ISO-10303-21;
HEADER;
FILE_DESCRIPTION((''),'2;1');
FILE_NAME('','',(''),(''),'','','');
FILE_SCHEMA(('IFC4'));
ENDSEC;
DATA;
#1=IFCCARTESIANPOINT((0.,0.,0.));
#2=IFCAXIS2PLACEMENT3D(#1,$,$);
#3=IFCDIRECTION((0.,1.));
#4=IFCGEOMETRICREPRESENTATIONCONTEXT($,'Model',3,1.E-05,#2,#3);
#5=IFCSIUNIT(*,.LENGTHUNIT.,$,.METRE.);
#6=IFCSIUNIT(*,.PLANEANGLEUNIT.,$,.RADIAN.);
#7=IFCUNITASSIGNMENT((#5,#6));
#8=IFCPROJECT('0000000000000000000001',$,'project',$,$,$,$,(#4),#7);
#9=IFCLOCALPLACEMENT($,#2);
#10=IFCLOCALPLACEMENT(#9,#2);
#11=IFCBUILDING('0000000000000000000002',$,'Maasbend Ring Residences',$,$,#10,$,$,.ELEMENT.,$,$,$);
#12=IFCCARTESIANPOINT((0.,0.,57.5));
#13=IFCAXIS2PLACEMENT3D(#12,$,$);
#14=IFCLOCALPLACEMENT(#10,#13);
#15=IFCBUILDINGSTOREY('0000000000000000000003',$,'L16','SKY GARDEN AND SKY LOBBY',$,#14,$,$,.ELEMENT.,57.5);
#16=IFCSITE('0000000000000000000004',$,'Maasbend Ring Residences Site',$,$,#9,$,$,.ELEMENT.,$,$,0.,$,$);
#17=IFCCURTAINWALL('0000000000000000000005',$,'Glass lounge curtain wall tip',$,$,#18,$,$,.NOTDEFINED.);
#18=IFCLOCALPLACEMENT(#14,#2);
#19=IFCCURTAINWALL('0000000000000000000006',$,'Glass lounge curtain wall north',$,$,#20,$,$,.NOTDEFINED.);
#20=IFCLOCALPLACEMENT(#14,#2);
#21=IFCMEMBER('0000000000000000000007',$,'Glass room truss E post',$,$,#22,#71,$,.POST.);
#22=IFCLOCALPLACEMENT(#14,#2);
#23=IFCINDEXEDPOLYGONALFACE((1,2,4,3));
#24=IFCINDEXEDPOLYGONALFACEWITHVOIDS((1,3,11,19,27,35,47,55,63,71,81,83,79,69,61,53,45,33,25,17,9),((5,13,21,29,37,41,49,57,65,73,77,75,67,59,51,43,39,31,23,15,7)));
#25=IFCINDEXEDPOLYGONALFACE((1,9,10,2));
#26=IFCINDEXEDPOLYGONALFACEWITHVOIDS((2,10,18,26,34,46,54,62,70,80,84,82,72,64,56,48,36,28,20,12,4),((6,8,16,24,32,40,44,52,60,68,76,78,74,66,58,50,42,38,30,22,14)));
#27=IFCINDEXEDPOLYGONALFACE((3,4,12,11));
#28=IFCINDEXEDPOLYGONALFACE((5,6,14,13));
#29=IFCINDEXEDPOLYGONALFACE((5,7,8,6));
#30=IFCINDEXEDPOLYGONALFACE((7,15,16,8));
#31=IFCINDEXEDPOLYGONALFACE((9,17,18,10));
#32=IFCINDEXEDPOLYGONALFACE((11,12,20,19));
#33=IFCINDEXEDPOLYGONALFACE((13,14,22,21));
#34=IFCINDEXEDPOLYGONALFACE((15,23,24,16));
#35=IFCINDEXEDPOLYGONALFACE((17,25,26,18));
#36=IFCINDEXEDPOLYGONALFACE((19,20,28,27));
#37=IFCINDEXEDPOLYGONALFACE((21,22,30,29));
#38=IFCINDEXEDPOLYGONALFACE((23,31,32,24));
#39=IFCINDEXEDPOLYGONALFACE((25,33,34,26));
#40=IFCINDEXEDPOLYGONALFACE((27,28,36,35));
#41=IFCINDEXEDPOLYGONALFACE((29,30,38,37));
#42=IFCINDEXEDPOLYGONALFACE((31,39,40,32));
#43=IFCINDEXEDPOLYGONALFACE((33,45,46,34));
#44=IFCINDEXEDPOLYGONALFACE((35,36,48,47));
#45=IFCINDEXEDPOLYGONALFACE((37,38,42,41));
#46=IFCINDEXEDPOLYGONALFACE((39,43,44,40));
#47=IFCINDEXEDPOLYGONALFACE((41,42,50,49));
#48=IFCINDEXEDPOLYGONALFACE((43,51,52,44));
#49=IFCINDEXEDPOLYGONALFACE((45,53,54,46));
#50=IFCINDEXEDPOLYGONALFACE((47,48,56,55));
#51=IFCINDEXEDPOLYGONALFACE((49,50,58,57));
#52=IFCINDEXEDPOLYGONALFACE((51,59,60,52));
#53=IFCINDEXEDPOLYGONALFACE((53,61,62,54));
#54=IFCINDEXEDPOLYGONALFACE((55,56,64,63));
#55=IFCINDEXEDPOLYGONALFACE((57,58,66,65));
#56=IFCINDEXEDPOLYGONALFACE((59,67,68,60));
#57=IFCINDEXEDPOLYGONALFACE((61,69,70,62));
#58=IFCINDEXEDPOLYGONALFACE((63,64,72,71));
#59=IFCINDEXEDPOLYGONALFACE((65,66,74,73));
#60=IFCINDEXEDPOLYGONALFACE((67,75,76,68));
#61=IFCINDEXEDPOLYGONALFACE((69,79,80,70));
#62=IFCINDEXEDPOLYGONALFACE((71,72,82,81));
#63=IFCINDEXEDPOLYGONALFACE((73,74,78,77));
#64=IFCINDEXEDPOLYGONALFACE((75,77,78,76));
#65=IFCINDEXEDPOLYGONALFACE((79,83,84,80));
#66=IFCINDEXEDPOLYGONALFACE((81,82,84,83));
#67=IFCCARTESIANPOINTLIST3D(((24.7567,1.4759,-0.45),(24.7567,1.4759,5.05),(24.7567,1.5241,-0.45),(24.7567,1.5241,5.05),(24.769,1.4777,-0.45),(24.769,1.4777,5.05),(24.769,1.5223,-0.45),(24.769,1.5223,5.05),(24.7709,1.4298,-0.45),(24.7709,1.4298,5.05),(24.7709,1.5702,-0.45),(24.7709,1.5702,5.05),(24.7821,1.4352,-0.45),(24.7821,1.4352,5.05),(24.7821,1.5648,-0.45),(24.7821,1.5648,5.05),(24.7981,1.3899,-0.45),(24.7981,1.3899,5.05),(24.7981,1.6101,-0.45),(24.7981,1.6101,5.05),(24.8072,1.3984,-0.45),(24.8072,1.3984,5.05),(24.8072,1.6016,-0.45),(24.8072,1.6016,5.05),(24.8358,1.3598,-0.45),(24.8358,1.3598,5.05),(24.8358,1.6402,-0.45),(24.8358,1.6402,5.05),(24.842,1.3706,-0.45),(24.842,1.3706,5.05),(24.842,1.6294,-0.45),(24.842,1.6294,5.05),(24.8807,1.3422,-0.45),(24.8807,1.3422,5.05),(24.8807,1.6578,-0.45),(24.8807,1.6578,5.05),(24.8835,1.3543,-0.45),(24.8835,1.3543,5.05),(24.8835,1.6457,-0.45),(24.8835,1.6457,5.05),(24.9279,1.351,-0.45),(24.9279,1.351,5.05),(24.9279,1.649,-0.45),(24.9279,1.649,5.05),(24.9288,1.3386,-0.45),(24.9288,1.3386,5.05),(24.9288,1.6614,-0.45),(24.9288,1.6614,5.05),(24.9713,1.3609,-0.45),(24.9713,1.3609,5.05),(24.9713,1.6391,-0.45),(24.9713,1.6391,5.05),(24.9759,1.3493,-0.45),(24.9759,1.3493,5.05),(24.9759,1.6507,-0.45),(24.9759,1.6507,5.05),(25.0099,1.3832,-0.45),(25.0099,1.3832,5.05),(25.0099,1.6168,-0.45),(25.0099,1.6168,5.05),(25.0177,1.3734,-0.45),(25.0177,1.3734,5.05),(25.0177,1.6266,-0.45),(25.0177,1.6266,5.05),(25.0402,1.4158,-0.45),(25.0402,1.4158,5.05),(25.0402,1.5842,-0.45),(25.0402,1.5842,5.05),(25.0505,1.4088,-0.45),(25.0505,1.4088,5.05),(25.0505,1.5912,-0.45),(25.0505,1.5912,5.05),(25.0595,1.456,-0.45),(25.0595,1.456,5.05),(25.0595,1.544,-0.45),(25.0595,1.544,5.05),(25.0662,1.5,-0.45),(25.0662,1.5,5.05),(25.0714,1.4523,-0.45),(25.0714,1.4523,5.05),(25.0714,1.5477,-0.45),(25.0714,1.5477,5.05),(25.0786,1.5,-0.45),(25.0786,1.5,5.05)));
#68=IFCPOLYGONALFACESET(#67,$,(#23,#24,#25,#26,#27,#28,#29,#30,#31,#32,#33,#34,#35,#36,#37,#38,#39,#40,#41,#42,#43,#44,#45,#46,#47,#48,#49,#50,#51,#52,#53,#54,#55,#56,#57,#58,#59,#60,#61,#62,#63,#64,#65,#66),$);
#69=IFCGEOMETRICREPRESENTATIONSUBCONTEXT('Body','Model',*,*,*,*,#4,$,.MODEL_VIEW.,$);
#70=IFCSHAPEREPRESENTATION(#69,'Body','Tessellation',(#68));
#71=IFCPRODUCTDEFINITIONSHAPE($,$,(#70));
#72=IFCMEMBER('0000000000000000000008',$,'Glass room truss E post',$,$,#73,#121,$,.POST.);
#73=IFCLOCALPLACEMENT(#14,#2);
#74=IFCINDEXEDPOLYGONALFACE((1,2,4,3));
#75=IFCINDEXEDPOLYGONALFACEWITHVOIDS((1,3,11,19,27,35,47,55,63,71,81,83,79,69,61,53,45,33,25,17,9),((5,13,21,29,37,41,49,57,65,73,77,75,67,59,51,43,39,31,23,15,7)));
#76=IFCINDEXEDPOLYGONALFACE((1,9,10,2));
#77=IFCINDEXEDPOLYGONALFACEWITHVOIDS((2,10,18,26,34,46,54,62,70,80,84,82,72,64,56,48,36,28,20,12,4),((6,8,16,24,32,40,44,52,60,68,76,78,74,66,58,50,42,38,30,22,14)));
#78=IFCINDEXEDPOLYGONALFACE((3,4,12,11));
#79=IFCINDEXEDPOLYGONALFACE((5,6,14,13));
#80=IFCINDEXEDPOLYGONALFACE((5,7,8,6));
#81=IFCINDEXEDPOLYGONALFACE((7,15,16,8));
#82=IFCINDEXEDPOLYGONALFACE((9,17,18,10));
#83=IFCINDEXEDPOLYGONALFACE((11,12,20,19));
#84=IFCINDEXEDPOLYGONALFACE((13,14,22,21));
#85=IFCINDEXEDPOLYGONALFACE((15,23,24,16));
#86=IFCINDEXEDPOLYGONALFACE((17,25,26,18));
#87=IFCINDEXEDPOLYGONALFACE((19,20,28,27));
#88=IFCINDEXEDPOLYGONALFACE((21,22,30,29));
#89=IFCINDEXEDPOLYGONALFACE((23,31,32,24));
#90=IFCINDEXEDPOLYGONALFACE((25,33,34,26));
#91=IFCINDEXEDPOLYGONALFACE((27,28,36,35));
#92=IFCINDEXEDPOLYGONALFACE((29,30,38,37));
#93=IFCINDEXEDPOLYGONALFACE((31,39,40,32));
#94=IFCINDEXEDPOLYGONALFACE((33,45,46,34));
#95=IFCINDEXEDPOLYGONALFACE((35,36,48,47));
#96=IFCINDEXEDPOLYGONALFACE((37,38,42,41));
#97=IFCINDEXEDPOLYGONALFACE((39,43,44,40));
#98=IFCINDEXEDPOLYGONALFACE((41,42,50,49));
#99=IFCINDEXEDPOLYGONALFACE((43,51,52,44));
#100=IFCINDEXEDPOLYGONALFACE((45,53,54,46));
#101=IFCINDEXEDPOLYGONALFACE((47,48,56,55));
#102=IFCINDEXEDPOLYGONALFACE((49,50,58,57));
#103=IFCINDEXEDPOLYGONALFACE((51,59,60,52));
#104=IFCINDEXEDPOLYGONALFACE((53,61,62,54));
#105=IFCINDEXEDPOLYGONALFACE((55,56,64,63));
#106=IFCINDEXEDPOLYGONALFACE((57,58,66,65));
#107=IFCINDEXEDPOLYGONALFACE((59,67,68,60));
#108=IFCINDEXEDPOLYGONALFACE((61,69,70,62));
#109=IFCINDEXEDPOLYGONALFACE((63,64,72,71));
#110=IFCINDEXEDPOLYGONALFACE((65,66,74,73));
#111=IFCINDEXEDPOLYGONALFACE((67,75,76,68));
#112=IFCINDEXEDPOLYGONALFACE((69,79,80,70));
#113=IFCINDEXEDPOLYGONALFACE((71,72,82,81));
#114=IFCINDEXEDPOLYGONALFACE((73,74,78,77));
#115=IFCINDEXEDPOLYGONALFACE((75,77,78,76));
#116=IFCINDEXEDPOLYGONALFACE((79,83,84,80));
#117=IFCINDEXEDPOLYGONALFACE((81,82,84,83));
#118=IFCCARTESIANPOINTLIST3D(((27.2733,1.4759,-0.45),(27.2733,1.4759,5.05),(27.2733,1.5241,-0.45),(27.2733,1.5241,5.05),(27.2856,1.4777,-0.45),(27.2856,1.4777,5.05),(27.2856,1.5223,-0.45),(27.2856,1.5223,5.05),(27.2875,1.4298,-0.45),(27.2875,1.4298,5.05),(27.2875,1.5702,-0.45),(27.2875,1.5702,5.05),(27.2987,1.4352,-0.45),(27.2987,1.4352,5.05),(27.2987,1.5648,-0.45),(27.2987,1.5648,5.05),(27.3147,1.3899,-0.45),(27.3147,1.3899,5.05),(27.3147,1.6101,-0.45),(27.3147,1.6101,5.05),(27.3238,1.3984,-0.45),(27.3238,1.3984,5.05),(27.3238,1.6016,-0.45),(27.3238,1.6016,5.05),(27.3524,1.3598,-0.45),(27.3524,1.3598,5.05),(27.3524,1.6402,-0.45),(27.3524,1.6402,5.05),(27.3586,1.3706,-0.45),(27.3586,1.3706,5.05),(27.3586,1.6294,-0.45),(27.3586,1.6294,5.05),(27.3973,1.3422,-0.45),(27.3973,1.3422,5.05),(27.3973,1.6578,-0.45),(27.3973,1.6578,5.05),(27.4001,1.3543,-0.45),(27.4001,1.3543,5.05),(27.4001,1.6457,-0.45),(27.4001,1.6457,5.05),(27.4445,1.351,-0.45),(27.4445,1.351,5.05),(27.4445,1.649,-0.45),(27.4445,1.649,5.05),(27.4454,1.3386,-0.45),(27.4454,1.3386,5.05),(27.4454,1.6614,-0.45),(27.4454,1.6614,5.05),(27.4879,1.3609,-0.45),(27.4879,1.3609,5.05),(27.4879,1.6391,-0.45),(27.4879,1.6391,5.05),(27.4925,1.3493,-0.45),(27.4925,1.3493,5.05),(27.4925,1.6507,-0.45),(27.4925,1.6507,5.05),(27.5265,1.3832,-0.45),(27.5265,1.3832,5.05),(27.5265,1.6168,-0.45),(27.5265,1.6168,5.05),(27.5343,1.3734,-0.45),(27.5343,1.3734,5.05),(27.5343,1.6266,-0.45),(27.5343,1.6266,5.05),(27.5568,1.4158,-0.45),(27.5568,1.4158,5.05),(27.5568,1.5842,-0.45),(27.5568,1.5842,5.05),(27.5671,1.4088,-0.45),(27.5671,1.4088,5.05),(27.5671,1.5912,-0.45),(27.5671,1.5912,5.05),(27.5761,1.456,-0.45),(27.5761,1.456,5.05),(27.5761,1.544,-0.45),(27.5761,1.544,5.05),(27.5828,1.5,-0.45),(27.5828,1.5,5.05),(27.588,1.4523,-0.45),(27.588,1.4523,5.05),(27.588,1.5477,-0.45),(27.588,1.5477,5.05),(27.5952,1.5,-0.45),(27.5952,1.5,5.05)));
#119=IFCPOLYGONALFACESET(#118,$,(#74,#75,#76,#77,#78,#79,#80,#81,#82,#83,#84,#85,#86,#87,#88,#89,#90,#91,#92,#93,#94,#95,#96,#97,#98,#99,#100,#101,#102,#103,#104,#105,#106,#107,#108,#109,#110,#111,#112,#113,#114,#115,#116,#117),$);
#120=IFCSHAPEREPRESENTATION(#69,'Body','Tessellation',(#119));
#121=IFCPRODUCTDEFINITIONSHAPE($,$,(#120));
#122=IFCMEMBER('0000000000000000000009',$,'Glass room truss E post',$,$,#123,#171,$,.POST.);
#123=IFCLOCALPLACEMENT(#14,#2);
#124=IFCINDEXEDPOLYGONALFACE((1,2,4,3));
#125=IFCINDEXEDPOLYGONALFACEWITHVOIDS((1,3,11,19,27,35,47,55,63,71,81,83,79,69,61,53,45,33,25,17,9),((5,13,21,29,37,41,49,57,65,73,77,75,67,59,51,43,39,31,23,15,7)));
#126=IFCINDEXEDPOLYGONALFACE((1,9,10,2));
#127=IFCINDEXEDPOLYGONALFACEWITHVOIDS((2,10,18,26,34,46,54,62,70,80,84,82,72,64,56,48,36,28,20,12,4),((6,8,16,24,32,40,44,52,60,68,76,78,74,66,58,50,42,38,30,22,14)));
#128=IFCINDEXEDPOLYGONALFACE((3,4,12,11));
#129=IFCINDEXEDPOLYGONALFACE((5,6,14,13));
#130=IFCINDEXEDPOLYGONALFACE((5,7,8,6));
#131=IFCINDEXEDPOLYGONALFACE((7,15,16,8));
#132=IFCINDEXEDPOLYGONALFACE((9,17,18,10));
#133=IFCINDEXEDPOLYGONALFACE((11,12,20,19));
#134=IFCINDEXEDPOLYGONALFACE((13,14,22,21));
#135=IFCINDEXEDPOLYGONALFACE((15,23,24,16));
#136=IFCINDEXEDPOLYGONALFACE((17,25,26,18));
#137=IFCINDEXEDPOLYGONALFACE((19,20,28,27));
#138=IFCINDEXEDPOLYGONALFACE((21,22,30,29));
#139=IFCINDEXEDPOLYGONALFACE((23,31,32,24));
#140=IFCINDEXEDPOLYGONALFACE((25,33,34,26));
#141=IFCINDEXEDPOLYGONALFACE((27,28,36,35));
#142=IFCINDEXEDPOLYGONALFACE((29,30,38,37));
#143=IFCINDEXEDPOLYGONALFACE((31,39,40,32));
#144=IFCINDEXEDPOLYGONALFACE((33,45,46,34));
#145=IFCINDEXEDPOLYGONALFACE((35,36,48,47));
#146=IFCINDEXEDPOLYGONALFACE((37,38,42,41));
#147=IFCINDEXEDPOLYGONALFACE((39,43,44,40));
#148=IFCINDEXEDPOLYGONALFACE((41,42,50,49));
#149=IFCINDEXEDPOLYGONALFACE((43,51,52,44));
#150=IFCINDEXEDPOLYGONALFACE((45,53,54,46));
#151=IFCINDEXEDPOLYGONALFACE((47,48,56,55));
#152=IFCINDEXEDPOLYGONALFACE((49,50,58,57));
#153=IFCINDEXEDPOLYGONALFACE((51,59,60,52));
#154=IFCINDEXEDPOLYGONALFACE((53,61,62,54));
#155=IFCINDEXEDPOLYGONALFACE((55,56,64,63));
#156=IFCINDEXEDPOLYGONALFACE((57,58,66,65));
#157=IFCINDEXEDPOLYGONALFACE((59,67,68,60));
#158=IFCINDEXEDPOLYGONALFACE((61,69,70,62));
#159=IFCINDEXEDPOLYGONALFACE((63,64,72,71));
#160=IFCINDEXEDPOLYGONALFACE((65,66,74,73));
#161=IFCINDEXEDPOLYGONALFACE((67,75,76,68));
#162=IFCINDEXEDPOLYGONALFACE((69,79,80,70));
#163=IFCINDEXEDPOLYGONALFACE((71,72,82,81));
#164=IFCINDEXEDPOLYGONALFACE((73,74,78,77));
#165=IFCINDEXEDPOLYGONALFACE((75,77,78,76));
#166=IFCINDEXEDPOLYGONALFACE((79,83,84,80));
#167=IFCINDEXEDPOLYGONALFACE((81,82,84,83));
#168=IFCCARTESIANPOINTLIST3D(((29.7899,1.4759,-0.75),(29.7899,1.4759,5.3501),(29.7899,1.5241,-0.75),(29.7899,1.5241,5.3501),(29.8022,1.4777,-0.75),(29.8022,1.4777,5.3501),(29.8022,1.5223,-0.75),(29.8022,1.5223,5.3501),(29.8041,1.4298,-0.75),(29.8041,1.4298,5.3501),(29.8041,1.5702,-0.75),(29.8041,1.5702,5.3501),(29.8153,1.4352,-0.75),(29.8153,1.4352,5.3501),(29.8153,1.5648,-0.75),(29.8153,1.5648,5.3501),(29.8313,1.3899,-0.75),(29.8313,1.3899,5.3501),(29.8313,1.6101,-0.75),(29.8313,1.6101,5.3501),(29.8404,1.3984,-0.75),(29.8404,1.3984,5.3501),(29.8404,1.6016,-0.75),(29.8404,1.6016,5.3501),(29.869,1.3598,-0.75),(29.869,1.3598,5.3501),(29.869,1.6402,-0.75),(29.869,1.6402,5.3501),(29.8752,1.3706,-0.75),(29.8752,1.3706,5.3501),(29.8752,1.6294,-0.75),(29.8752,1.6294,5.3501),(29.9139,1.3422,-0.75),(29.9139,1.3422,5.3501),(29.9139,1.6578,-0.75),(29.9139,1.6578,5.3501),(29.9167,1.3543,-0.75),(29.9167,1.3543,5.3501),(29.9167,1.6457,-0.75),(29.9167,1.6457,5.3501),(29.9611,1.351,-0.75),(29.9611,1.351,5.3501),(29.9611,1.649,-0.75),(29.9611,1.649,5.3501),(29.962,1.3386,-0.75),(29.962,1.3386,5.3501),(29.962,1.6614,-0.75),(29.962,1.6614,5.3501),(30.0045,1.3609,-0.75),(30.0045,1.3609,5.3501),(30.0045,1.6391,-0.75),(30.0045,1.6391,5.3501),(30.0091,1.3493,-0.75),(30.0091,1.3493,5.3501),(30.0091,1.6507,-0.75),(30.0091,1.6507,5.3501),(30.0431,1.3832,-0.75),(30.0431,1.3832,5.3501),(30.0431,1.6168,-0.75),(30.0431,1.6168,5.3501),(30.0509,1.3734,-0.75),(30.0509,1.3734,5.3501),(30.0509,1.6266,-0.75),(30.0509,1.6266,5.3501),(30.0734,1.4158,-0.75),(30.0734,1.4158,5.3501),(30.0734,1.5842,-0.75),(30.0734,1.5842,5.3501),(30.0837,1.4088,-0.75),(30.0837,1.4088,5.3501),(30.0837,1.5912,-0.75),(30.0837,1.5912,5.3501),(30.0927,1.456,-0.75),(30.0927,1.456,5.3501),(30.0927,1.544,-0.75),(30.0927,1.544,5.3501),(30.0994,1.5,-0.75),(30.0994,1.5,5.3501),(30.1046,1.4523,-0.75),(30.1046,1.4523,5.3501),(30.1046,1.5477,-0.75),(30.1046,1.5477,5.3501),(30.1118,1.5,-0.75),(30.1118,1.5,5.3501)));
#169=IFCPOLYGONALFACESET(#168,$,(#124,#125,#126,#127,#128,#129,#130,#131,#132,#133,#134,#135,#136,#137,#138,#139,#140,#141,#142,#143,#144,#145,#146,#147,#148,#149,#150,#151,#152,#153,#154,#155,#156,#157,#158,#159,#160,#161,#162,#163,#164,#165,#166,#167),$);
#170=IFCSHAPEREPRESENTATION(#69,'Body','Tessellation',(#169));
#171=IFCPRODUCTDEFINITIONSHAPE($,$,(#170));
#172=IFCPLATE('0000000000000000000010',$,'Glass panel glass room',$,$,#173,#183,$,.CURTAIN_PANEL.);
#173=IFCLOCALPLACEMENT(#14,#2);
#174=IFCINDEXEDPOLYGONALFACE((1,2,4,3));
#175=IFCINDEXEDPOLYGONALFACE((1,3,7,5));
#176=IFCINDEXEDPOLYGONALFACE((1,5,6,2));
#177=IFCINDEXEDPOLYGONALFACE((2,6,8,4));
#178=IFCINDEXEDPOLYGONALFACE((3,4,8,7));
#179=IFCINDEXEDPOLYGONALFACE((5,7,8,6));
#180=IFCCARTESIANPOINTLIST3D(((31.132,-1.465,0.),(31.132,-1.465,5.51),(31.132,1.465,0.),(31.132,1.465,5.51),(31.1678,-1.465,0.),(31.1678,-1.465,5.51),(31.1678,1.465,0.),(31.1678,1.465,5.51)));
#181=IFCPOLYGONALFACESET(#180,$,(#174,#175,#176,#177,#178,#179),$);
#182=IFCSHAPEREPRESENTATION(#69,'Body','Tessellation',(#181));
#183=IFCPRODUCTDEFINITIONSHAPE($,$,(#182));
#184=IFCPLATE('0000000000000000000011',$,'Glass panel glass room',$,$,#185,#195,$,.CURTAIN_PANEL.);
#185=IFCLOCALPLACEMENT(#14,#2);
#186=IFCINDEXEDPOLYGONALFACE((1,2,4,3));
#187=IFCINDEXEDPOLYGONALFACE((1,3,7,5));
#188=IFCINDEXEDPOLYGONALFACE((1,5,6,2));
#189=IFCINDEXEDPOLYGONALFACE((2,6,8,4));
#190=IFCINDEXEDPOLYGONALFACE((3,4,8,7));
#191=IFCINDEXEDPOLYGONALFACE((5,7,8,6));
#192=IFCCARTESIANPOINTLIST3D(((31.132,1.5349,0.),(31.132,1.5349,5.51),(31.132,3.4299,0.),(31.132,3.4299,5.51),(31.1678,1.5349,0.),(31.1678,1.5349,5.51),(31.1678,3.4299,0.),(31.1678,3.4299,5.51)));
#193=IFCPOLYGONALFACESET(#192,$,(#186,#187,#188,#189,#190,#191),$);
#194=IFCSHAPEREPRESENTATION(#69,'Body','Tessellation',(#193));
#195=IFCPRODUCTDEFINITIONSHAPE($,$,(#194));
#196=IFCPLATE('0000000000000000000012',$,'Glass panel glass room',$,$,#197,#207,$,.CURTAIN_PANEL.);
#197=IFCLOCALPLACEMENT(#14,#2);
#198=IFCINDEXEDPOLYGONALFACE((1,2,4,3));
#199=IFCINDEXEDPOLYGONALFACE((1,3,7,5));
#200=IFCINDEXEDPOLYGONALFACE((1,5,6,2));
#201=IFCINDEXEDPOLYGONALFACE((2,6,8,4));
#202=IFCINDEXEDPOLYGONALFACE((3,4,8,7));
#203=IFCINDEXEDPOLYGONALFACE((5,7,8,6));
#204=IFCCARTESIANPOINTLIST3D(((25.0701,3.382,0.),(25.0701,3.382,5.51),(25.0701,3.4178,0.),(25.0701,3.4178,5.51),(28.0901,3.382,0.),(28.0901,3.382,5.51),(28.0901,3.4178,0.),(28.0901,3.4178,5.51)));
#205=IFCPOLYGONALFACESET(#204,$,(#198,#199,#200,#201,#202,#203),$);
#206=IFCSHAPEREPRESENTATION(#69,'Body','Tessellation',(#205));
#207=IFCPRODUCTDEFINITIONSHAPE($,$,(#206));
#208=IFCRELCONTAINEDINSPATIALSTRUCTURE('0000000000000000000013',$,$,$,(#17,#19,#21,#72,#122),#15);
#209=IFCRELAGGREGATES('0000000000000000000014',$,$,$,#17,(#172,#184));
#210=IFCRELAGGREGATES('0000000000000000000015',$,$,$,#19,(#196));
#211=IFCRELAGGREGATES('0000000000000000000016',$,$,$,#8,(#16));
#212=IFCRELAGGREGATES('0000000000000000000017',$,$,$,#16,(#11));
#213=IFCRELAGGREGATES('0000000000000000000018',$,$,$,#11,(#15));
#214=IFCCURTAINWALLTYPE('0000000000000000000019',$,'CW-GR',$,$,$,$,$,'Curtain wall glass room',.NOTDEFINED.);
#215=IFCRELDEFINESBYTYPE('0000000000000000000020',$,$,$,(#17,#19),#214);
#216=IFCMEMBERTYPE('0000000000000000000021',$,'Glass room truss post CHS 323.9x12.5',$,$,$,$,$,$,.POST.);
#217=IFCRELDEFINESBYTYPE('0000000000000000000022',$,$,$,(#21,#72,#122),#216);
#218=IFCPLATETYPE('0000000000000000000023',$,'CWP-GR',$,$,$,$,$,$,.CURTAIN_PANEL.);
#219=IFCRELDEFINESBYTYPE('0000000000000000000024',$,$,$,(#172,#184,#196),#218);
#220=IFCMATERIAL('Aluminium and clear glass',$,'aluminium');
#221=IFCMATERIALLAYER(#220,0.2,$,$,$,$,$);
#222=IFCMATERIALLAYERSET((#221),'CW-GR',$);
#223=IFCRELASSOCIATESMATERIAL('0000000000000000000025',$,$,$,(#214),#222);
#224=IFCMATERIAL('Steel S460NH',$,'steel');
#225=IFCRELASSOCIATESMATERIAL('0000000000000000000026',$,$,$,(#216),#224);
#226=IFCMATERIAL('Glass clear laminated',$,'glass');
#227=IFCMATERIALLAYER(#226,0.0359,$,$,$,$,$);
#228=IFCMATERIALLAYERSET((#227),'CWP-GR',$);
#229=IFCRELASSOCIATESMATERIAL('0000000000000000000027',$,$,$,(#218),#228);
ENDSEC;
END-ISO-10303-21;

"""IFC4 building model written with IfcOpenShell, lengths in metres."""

from ifc_helpers import new_model, si_unit, direction, frame, origin, origin_2d, place, context, subcontext, project, spatial, rectangle, hollow_circle, extrude, material, layer, layer_set, material_profile, profile_set, type_object, element, aggregate, save


model = new_model("IFC4")

# Units and contexts
model_context = context("Model", 3, precision=1e-05, world=origin(), true_north=direction((0.0, 1.0)))
body_context = subcontext(model_context, "Body", "Model", "MODEL_VIEW")
ifc_project = project(units=[si_unit("LENGTHUNIT", "METRE"), si_unit("PLANEANGLEUNIT", "RADIAN")], contexts=[model_context])

# Site, building, storey
site_placement = place(None, origin())
site = spatial("IfcSite", under=ifc_project, at=site_placement, Name="Maasbend Ring Residences Site", CompositionType="ELEMENT", RefElevation=0.0)
building_placement = place(site_placement, origin())
building = spatial("IfcBuilding", under=site, at=building_placement, Name="Maasbend Ring Residences", CompositionType="ELEMENT")
storey_placement = place(building_placement, frame((0.0, 0.0, 57.5)))
storey = spatial("IfcBuildingStorey", under=building, at=storey_placement, Name="L16", Description="SKY GARDEN AND SKY LOBBY", CompositionType="ELEMENT", Elevation=57.5)

# Curtain walls
ifc_material_1 = material(Name="Aluminium and clear glass", Category="aluminium")
ifc_layer_1 = layer(ifc_material_1, 0.2)
ifc_layer_set_1 = layer_set([ifc_layer_1], Name="CW-GR")
curtain_wall_type = type_object("IfcCurtainWallType", Name="CW-GR", ElementType="Curtain wall glass room", PredefinedType="NOTDEFINED", material=ifc_layer_set_1)
curtain_wall_1_placement = place(storey_placement, origin())
curtain_wall_1 = element("IfcCurtainWall", 1, at=curtain_wall_1_placement, inside=storey, type_object=curtain_wall_type, Name="Glass lounge curtain wall tip", PredefinedType="NOTDEFINED")
curtain_wall_2_placement = place(storey_placement, origin())
curtain_wall_2 = element("IfcCurtainWall", 2, at=curtain_wall_2_placement, inside=storey, type_object=curtain_wall_type, Name="Glass lounge curtain wall north", PredefinedType="NOTDEFINED")

# Members
ifc_material_2 = material(Name="Steel S460NH", Category="steel")
ifc_material_profile_1 = material_profile(ifc_material_2, hollow_circle(Radius=0.1619, WallThickness=0.0125, at=origin_2d()), Name="Glass room truss post CHS 323.9x12.5")
ifc_profile_set_1 = profile_set([ifc_material_profile_1], Name="Steel S460NH")
member_type_1 = type_object("IfcMemberType", Name="Glass room truss post CHS 323.9x12.5", PredefinedType="POST", material=ifc_profile_set_1)
for number, where, z_axis, x_axis, name in (
    (3, (24.9167, 1.5, -0.45), (0.0, 0.0, 1.0), (1.0, 0.0, 0.0), "Glass room truss E post"),
    (4, (27.4333, 1.5, -0.45), (0.0, 0.0, 1.0), (1.0, 0.0, 0.0), "Glass room truss E post"),
):
    element("IfcMember", number, at=place(storey_placement, frame(where, z_axis=z_axis, x_axis=x_axis)), inside=storey, type_object=member_type_1, Name=name, PredefinedType="POST", context=body_context, shape_type="SweptSolid", body=[
        extrude(hollow_circle(Radius=0.1619, WallThickness=0.0125, at=origin_2d()), origin(), (0.0, 0.0, 1.0), 5.5),
    ])
member_1_placement = place(storey_placement, frame((29.95, 1.5, -0.75), z_axis=(0.0, 0.0, 1.0), x_axis=(1.0, 0.0, 0.0)))
element("IfcMember", 5, at=member_1_placement, inside=storey, type_object=member_type_1, Name="Glass room truss E post", PredefinedType="POST", context=body_context, shape_type="SweptSolid", body=[
    extrude(hollow_circle(Radius=0.1619, WallThickness=0.0125, at=origin_2d()), origin(), (0.0, 0.0, 1.0), 6.1001),
])

# Plates
ifc_material_3 = material(Name="Glass clear laminated", Category="glass")
ifc_layer_2 = layer(ifc_material_3, 0.0359)
ifc_layer_set_2 = layer_set([ifc_layer_2], Name="CWP-GR")
plate_type = type_object("IfcPlateType", Name="CWP-GR", PredefinedType="CURTAIN_PANEL", material=ifc_layer_set_2)
plate_1_placement = place(storey_placement, frame((31.1499, 0.0, 0.0), z_axis=(0.0, 0.0, 1.0), x_axis=(0.0, 1.0, 0.0)))
plate_1 = element("IfcPlate", 6, at=plate_1_placement, type_object=plate_type, Name="Glass panel glass room", PredefinedType="CURTAIN_PANEL", context=body_context, shape_type="SweptSolid", body=[
    extrude(rectangle(XDim=2.9299, YDim=0.0359, at=origin_2d()), origin(), (0.0, 0.0, 1.0), 5.51),
])
plate_2_placement = place(storey_placement, frame((31.1499, 2.4824, 0.0), z_axis=(0.0, 0.0, 1.0), x_axis=(0.0, 1.0, 0.0)))
plate_2 = element("IfcPlate", 7, at=plate_2_placement, type_object=plate_type, Name="Glass panel glass room", PredefinedType="CURTAIN_PANEL", context=body_context, shape_type="SweptSolid", body=[
    extrude(rectangle(XDim=1.895, YDim=0.0359, at=origin_2d()), origin(), (0.0, 0.0, 1.0), 5.51),
])
aggregate(curtain_wall_1, [plate_1, plate_2])
plate_3_placement = place(storey_placement, frame((26.5801, 3.3999, 0.0), z_axis=(0.0, 0.0, 1.0), x_axis=(1.0, 0.0, 0.0)))
plate_3 = element("IfcPlate", 8, at=plate_3_placement, type_object=plate_type, Name="Glass panel glass room", PredefinedType="CURTAIN_PANEL", context=body_context, shape_type="SweptSolid", body=[
    extrude(rectangle(XDim=3.02, YDim=0.0359, at=origin_2d()), origin(), (0.0, 0.0, 1.0), 5.51),
])
aggregate(curtain_wall_2, [plate_3])

save(model, "model.ifc")
